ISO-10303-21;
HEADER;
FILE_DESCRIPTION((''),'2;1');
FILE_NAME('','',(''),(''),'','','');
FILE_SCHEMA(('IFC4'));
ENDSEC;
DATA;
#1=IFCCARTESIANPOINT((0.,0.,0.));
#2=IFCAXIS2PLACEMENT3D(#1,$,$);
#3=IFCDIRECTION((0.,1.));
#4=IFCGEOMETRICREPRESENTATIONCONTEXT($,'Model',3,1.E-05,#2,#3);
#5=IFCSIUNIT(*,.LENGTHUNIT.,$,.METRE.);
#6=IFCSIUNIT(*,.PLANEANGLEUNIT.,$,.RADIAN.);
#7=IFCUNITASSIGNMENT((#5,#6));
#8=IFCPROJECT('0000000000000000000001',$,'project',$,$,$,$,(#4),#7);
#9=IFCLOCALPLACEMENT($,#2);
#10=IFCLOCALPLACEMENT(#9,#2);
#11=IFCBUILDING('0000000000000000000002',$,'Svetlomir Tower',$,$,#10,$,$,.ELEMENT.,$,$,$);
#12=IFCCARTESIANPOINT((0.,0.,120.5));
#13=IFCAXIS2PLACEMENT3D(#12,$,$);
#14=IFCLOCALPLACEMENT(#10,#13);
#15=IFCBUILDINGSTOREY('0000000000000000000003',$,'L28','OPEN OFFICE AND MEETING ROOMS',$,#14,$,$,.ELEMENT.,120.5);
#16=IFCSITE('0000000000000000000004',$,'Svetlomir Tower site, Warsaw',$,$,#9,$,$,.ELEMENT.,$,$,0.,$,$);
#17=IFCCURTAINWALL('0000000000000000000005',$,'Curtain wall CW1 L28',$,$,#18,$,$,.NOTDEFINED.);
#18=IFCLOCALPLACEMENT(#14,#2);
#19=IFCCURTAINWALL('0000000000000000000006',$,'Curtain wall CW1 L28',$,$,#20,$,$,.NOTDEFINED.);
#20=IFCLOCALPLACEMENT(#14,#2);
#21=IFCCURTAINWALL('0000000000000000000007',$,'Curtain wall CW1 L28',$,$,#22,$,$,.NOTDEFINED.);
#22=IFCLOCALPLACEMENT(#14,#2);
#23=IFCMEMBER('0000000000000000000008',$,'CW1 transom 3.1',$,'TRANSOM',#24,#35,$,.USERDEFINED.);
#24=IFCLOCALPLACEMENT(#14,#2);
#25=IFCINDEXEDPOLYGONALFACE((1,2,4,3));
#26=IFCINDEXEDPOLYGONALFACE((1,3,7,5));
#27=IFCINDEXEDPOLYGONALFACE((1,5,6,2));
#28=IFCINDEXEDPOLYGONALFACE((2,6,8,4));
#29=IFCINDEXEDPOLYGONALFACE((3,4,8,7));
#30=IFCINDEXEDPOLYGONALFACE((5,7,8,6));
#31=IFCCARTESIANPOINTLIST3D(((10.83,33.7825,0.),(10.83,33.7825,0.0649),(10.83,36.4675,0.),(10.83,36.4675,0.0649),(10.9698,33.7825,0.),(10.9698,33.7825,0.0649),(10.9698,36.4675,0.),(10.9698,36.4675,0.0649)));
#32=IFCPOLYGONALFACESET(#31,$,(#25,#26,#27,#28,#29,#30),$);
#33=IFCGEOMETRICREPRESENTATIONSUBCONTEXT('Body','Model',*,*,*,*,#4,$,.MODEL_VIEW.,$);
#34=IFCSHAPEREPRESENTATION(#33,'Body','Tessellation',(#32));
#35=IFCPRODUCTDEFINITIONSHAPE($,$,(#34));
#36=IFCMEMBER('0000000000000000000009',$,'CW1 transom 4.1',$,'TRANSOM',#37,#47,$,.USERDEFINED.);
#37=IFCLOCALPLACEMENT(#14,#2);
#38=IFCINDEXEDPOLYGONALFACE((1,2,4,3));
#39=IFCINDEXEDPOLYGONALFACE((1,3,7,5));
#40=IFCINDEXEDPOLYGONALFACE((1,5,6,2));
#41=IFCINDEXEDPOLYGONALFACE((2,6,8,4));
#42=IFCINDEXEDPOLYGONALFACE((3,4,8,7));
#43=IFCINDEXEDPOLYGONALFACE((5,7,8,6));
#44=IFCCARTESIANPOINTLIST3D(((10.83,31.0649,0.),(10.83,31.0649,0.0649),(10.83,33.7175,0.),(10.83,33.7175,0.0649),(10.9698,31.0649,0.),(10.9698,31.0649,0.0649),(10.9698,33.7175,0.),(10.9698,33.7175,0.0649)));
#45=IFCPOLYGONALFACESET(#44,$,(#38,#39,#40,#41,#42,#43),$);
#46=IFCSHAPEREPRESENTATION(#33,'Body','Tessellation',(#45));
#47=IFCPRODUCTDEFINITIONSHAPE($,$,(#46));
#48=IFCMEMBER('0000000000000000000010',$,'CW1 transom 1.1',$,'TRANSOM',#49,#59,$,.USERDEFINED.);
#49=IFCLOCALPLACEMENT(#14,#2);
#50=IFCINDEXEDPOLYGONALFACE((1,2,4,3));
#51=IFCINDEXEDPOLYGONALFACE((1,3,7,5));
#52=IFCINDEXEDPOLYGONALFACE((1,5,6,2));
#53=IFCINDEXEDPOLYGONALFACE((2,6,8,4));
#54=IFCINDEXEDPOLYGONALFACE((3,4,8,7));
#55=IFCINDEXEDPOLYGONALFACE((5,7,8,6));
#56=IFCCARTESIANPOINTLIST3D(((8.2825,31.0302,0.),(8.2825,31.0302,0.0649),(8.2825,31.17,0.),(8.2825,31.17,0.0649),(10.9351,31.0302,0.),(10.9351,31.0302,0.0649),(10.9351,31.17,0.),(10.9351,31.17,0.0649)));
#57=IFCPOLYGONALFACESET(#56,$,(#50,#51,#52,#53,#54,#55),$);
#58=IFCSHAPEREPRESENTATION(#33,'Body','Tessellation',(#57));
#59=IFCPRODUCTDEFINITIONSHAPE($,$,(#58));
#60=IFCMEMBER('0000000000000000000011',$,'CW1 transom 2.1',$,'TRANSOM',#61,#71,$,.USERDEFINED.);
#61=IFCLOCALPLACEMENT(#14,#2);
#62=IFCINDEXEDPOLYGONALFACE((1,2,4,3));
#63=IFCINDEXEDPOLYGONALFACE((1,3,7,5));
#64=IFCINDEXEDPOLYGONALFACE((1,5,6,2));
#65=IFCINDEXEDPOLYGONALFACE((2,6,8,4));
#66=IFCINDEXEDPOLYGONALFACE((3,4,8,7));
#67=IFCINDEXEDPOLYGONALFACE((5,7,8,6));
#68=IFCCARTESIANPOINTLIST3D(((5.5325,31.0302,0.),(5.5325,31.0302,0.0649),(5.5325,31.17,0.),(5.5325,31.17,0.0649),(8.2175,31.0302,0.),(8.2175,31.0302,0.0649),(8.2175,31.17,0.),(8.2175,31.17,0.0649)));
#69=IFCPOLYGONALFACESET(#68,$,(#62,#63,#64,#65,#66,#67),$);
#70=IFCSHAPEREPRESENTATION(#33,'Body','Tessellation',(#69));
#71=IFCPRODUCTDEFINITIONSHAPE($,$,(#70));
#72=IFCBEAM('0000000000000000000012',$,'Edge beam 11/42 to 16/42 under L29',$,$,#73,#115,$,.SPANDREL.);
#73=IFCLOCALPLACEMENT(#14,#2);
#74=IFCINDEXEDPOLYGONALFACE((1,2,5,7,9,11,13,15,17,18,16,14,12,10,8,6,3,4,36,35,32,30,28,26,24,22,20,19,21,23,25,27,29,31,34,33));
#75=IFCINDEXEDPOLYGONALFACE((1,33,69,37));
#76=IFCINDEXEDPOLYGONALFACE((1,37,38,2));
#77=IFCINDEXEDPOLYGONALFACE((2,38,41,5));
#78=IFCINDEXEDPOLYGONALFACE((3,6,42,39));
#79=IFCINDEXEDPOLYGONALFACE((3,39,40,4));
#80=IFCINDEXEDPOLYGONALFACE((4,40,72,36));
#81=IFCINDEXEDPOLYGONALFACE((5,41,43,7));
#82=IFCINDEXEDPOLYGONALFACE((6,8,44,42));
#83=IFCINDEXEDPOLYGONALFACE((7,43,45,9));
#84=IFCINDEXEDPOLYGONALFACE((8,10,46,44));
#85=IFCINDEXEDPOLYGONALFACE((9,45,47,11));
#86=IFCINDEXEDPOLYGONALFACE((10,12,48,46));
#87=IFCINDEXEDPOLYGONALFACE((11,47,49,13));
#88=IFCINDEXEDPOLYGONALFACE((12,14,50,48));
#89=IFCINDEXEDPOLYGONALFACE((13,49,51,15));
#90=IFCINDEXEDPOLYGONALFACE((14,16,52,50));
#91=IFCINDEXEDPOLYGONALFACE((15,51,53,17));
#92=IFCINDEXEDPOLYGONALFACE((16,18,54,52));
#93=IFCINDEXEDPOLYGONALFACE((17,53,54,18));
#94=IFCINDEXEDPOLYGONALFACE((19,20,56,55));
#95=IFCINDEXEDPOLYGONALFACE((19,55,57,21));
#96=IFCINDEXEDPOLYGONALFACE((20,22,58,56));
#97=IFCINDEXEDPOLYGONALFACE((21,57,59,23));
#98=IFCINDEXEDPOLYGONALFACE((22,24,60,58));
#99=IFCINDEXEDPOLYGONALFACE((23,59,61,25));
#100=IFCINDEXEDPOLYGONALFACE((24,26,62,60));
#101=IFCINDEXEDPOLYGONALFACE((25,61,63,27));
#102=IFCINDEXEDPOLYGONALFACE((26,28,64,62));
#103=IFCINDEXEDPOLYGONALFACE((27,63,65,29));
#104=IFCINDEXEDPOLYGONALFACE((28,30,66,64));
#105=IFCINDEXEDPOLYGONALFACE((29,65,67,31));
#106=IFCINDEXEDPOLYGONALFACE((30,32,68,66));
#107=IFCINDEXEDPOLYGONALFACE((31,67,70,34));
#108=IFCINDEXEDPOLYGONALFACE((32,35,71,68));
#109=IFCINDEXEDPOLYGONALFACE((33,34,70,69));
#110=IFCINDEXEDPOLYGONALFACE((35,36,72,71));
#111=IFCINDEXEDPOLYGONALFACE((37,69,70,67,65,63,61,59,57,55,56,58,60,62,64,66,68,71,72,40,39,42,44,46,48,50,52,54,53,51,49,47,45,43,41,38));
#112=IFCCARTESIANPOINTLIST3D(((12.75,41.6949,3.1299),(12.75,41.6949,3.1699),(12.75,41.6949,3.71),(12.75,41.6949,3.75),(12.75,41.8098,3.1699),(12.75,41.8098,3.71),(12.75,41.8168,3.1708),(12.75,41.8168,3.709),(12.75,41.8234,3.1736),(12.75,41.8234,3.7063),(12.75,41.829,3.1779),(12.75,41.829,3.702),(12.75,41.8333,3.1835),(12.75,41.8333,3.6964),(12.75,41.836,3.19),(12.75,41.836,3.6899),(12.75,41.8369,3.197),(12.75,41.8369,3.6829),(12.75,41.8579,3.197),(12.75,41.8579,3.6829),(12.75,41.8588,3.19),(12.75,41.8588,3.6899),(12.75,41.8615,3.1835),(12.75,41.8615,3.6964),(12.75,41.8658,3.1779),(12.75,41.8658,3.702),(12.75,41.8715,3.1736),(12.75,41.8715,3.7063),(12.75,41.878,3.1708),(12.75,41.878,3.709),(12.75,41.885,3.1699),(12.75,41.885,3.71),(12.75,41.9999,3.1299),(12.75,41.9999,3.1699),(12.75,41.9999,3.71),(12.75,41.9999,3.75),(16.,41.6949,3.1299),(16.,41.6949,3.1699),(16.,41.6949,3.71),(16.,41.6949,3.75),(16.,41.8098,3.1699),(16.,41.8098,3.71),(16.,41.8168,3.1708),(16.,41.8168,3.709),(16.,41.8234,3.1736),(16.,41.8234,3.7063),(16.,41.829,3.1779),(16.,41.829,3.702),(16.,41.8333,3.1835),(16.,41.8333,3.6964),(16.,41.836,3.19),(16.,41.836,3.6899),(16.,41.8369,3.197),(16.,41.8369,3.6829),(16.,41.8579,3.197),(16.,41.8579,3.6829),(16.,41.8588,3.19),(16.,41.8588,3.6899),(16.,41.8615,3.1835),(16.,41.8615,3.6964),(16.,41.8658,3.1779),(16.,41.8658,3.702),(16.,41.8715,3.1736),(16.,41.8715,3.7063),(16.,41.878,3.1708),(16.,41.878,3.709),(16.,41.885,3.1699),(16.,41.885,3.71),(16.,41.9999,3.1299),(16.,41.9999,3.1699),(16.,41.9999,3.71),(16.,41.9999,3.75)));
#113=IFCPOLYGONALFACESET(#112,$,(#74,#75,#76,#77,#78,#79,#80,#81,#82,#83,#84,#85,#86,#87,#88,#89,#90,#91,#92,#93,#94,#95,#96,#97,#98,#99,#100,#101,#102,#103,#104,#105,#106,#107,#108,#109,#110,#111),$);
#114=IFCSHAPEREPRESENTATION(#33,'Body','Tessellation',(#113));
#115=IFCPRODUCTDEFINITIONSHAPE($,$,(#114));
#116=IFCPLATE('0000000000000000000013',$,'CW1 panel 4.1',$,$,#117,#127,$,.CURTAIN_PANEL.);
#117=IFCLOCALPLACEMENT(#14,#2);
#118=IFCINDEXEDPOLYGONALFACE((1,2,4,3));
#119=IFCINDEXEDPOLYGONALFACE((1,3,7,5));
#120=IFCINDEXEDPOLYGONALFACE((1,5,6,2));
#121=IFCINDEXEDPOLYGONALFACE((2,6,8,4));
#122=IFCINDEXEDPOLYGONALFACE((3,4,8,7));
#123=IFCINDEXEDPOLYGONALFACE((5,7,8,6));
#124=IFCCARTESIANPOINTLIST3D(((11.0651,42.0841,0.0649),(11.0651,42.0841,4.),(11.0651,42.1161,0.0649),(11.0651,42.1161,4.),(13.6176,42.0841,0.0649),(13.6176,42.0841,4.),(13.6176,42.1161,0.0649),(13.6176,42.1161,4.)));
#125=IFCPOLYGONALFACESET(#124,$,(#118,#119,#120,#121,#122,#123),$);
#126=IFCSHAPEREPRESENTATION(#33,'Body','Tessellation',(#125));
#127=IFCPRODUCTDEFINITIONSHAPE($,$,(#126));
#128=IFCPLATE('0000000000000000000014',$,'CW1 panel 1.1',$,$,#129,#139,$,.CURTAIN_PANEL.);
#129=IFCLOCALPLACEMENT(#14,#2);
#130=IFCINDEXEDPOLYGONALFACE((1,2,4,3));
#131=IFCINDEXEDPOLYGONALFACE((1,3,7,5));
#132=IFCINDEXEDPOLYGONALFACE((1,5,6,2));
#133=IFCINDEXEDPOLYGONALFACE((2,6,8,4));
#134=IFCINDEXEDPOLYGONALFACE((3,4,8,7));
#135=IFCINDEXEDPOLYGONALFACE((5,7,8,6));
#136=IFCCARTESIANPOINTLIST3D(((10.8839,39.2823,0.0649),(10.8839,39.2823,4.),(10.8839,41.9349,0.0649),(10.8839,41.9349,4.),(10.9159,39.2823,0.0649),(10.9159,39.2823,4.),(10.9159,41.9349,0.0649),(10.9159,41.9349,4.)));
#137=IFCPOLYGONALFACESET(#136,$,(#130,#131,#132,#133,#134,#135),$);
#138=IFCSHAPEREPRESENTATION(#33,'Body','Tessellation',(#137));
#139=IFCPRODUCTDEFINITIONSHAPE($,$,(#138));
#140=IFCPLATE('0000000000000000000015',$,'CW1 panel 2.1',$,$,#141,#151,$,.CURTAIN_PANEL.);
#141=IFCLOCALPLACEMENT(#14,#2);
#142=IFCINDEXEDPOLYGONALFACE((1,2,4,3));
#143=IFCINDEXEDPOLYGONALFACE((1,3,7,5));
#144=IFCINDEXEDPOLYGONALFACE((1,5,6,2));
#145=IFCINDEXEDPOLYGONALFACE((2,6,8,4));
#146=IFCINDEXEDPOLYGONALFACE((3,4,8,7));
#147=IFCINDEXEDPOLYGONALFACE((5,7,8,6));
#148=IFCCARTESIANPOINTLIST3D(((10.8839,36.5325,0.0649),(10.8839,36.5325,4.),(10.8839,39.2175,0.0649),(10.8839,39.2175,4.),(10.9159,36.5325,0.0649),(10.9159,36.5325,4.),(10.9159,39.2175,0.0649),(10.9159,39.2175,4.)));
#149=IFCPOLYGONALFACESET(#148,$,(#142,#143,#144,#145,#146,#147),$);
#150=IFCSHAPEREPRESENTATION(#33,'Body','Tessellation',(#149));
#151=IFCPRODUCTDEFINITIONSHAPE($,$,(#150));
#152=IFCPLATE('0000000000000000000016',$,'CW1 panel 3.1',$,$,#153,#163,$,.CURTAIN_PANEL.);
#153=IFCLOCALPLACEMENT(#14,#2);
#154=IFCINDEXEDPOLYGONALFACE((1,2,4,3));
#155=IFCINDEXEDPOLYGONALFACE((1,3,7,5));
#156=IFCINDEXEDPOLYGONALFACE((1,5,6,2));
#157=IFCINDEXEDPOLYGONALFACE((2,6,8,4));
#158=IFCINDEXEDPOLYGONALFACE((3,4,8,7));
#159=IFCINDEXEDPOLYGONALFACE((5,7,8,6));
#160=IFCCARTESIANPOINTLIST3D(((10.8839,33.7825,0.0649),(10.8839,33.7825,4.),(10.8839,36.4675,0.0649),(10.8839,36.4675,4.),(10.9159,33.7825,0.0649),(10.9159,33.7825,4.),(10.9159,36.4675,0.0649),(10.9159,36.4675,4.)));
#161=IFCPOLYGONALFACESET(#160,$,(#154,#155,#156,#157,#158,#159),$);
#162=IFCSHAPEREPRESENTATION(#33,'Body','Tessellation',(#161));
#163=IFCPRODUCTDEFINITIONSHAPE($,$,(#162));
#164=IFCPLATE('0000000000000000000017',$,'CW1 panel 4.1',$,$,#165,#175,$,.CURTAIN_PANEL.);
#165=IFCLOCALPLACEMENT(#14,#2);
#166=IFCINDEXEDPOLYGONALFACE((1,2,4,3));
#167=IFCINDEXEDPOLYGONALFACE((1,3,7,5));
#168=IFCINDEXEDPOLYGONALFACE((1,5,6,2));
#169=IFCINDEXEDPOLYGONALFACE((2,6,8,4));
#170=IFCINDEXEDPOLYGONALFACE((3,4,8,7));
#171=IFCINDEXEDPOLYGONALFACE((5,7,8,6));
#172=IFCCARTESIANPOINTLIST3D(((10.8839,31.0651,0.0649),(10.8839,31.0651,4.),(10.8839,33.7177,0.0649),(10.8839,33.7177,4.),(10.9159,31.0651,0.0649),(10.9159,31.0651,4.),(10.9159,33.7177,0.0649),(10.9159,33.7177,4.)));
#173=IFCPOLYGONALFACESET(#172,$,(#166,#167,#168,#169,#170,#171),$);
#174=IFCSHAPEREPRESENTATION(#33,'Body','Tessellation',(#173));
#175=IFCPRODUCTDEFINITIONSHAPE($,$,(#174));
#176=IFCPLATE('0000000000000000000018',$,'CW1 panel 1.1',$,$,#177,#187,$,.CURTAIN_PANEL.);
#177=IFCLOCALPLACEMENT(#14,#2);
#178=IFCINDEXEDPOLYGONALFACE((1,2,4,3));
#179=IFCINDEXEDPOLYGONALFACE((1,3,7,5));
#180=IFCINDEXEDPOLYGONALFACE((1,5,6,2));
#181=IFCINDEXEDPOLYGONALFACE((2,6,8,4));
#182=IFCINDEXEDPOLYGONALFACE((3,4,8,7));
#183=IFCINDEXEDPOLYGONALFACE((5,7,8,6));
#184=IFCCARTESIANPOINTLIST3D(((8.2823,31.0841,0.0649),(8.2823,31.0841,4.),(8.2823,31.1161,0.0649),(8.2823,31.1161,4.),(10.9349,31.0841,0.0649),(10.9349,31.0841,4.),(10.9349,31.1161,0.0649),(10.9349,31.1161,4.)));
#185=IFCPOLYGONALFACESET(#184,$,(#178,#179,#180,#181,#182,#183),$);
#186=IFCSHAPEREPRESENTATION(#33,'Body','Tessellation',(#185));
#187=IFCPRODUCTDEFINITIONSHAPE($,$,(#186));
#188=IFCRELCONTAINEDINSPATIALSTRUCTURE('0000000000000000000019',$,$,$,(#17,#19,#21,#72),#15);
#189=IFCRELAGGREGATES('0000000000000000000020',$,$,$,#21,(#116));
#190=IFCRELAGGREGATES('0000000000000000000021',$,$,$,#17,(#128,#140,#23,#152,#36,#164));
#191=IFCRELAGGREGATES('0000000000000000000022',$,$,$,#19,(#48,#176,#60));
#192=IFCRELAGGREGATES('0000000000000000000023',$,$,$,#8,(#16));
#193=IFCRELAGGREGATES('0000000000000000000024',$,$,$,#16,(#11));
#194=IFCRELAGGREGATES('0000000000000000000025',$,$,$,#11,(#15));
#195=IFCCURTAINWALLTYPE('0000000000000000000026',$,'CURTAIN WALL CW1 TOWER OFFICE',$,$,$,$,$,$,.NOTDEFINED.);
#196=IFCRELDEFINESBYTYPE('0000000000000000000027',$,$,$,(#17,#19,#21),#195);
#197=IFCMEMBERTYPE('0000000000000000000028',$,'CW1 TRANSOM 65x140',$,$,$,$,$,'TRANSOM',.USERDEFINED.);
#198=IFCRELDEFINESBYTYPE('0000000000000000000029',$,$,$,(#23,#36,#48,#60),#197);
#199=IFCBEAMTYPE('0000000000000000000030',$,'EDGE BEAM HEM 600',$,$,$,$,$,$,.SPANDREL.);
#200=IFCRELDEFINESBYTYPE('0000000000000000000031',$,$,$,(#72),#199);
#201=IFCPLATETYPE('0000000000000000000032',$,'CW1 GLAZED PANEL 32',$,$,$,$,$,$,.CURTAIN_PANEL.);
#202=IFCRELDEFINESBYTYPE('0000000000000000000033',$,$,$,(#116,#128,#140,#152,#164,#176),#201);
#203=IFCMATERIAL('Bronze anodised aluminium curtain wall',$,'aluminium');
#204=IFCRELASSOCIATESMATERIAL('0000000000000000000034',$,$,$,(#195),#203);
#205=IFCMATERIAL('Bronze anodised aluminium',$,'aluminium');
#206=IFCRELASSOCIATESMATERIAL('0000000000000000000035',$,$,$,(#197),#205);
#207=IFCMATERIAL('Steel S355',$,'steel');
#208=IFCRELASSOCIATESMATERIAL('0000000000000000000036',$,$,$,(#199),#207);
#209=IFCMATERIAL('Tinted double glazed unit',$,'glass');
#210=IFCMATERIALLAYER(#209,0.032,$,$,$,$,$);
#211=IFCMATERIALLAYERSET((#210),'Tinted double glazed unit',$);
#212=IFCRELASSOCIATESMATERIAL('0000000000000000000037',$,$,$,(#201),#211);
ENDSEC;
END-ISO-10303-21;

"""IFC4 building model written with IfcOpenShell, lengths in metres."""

from ifc_helpers import new_model, si_unit, direction, frame, origin, origin_2d, place, context, subcontext, project, spatial, rectangle, i_section, extrude, material, layer, layer_set, material_profile, profile_set, type_object, element, aggregate, save


model = new_model("IFC4")

# Units and contexts
model_context = context("Model", 3, precision=1e-05, world=origin(), true_north=direction((0.0, 1.0)))
body_context = subcontext(model_context, "Body", "Model", "MODEL_VIEW")
ifc_project = project(units=[si_unit("LENGTHUNIT", "METRE"), si_unit("PLANEANGLEUNIT", "RADIAN")], contexts=[model_context])

# Site, building, storey
site_placement = place(None, origin())
site = spatial("IfcSite", under=ifc_project, at=site_placement, Name="Svetlomir Tower site, Warsaw", CompositionType="ELEMENT", RefElevation=0.0)
building_placement = place(site_placement, origin())
building = spatial("IfcBuilding", under=site, at=building_placement, Name="Svetlomir Tower", CompositionType="ELEMENT")
storey_placement = place(building_placement, frame((0.0, 0.0, 120.5)))
storey = spatial("IfcBuildingStorey", under=building, at=storey_placement, Name="L28", Description="OPEN OFFICE AND MEETING ROOMS", CompositionType="ELEMENT", Elevation=120.5)

# Curtain walls
ifc_material_1 = material(Name="Bronze anodised aluminium curtain wall", Category="aluminium")
curtain_wall_type = type_object("IfcCurtainWallType", Name="CURTAIN WALL CW1 TOWER OFFICE", PredefinedType="NOTDEFINED", material=ifc_material_1)
curtain_wall_1_placement = place(storey_placement, origin())
curtain_wall_1 = element("IfcCurtainWall", 1, at=curtain_wall_1_placement, inside=storey, type_object=curtain_wall_type, Name="Curtain wall CW1 L28", PredefinedType="NOTDEFINED")
curtain_wall_2_placement = place(storey_placement, origin())
curtain_wall_2 = element("IfcCurtainWall", 2, at=curtain_wall_2_placement, inside=storey, type_object=curtain_wall_type, Name="Curtain wall CW1 L28", PredefinedType="NOTDEFINED")

# Curtain wall
curtain_wall_3_placement = place(storey_placement, origin())
curtain_wall_3 = element("IfcCurtainWall", 3, at=curtain_wall_3_placement, inside=storey, type_object=curtain_wall_type, Name="Curtain wall CW1 L28", PredefinedType="NOTDEFINED")

# Members
ifc_material_2 = material(Name="Bronze anodised aluminium", Category="aluminium")
ifc_material_profile_1 = material_profile(ifc_material_2, rectangle(XDim=0.1399, YDim=0.0649, at=origin_2d()), Name="AL 140x65")
ifc_profile_set_1 = profile_set([ifc_material_profile_1], Name="Bronze anodised aluminium 6063-T6")
member_type_1 = type_object("IfcMemberType", Name="CW1 TRANSOM 65x140", ElementType="TRANSOM", PredefinedType="USERDEFINED", material=ifc_profile_set_1)
member_1_placement = place(storey_placement, frame((10.8999, 36.4675, 0.0325), z_axis=(0.0, -1.0, 0.0), x_axis=(1.0, 0.0, 0.0)))
member_1 = element("IfcMember", 4, at=member_1_placement, type_object=member_type_1, Name="CW1 transom 3.1", ObjectType="TRANSOM", PredefinedType="USERDEFINED", context=body_context, shape_type="SweptSolid", body=[
    extrude(rectangle(XDim=0.1399, YDim=0.0649, at=origin_2d()), origin(), (0.0, 0.0, 1.0), 2.6851),
])
member_2_placement = place(storey_placement, frame((10.8999, 33.7175, 0.0325), z_axis=(0.0, -1.0, 0.0), x_axis=(1.0, 0.0, 0.0)))
member_2 = element("IfcMember", 5, at=member_2_placement, type_object=member_type_1, Name="CW1 transom 4.1", ObjectType="TRANSOM", PredefinedType="USERDEFINED", context=body_context, shape_type="SweptSolid", body=[
    extrude(rectangle(XDim=0.1399, YDim=0.0649, at=origin_2d()), origin(), (0.0, 0.0, 1.0), 2.6526),
])
member_3_placement = place(storey_placement, frame((10.9351, 31.1001, 0.0325), z_axis=(-1.0, 0.0, 0.0), x_axis=(0.0, -1.0, 0.0)))
member_3 = element("IfcMember", 6, at=member_3_placement, type_object=member_type_1, Name="CW1 transom 1.1", ObjectType="TRANSOM", PredefinedType="USERDEFINED", context=body_context, shape_type="SweptSolid", body=[
    extrude(rectangle(XDim=0.1399, YDim=0.0649, at=origin_2d()), origin(), (0.0, 0.0, 1.0), 2.6526),
])
member_4_placement = place(storey_placement, frame((8.2175, 31.1001, 0.0325), z_axis=(-1.0, 0.0, 0.0), x_axis=(0.0, -1.0, 0.0)))
member_4 = element("IfcMember", 7, at=member_4_placement, type_object=member_type_1, Name="CW1 transom 2.1", ObjectType="TRANSOM", PredefinedType="USERDEFINED", context=body_context, shape_type="SweptSolid", body=[
    extrude(rectangle(XDim=0.1399, YDim=0.0649, at=origin_2d()), origin(), (0.0, 0.0, 1.0), 2.6851),
])

# Beam
ifc_material_3 = material(Name="Steel S355", Category="steel")
ifc_material_profile_2 = material_profile(ifc_material_3, i_section(OverallWidth=0.3049, OverallDepth=0.6201, WebThickness=0.021, FlangeThickness=0.04, FilletRadius=0.0271, at=origin_2d()), Name="HEM 600")
ifc_profile_set_2 = profile_set([ifc_material_profile_2], Name="Steel S355")
beam_type = type_object("IfcBeamType", Name="EDGE BEAM HEM 600", PredefinedType="SPANDREL", material=ifc_profile_set_2)
beam_placement = place(storey_placement, frame((12.75, 41.8474, 3.4399), z_axis=(1.0, 0.0, 0.0), x_axis=(0.0, 1.0, 0.0)))
element("IfcBeam", 8, at=beam_placement, inside=storey, type_object=beam_type, Name="Edge beam 11/42 to 16/42 under L29", PredefinedType="SPANDREL", context=body_context, shape_type="SweptSolid", body=[
    extrude(i_section(OverallWidth=0.3049, OverallDepth=0.6201, WebThickness=0.021, FlangeThickness=0.04, FilletRadius=0.0271, at=origin_2d()), origin(), (0.0, 0.0, 1.0), 3.25),
])

# Plates
ifc_material_4 = material(Name="Tinted double glazed unit", Category="glass")
ifc_layer_1 = layer(ifc_material_4, 0.032)
ifc_layer_set_1 = layer_set([ifc_layer_1], Name="Tinted double glazed unit")
plate_type = type_object("IfcPlateType", Name="CW1 GLAZED PANEL 32", PredefinedType="CURTAIN_PANEL", material=ifc_layer_set_1)
plate_1_placement = place(storey_placement, frame((12.3413, 42.1001, 0.0649), z_axis=(0.0, 0.0, 1.0), x_axis=(-1.0, 0.0, 0.0)))
plate_1 = element("IfcPlate", 9, at=plate_1_placement, type_object=plate_type, Name="CW1 panel 4.1", PredefinedType="CURTAIN_PANEL", context=body_context, shape_type="SweptSolid", body=[
    extrude(rectangle(XDim=2.5525, YDim=0.032, at=origin_2d()), origin(), (0.0, 0.0, 1.0), 3.9351),
])
aggregate(curtain_wall_3, [plate_1])
plate_2_placement = place(storey_placement, frame((10.8999, 40.6086, 0.0649), z_axis=(0.0, 0.0, 1.0), x_axis=(0.0, -1.0, 0.0)))
plate_2 = element("IfcPlate", 10, at=plate_2_placement, type_object=plate_type, Name="CW1 panel 1.1", PredefinedType="CURTAIN_PANEL", context=body_context, shape_type="SweptSolid", body=[
    extrude(rectangle(XDim=2.6526, YDim=0.032, at=origin_2d()), origin(), (0.0, 0.0, 1.0), 3.9351),
])
plate_3_placement = place(storey_placement, frame((10.8999, 37.875, 0.0649), z_axis=(0.0, 0.0, 1.0), x_axis=(0.0, -1.0, 0.0)))
plate_3 = element("IfcPlate", 11, at=plate_3_placement, type_object=plate_type, Name="CW1 panel 2.1", PredefinedType="CURTAIN_PANEL", context=body_context, shape_type="SweptSolid", body=[
    extrude(rectangle(XDim=2.6851, YDim=0.032, at=origin_2d()), origin(), (0.0, 0.0, 1.0), 3.9351),
])
plate_4_placement = place(storey_placement, frame((10.8999, 35.125, 0.0649), z_axis=(0.0, 0.0, 1.0), x_axis=(0.0, -1.0, 0.0)))
plate_4 = element("IfcPlate", 12, at=plate_4_placement, type_object=plate_type, Name="CW1 panel 3.1", PredefinedType="CURTAIN_PANEL", context=body_context, shape_type="SweptSolid", body=[
    extrude(rectangle(XDim=2.6851, YDim=0.032, at=origin_2d()), origin(), (0.0, 0.0, 1.0), 3.9351),
])
plate_5_placement = place(storey_placement, frame((10.8999, 32.3914, 0.0649), z_axis=(0.0, 0.0, 1.0), x_axis=(0.0, -1.0, 0.0)))
plate_5 = element("IfcPlate", 13, at=plate_5_placement, type_object=plate_type, Name="CW1 panel 4.1", PredefinedType="CURTAIN_PANEL", context=body_context, shape_type="SweptSolid", body=[
    extrude(rectangle(XDim=2.6526, YDim=0.032, at=origin_2d()), origin(), (0.0, 0.0, 1.0), 3.9351),
])
aggregate(curtain_wall_1, [plate_2, plate_3, member_1, plate_4, member_2, plate_5])
plate_6_placement = place(storey_placement, frame((9.6086, 31.1001, 0.0649), z_axis=(0.0, 0.0, 1.0), x_axis=(-1.0, 0.0, 0.0)))
plate_6 = element("IfcPlate", 14, at=plate_6_placement, type_object=plate_type, Name="CW1 panel 1.1", PredefinedType="CURTAIN_PANEL", context=body_context, shape_type="SweptSolid", body=[
    extrude(rectangle(XDim=2.6526, YDim=0.032, at=origin_2d()), origin(), (0.0, 0.0, 1.0), 3.9351),
])
aggregate(curtain_wall_2, [member_3, plate_6, member_4])

save(model, "model.ifc")
